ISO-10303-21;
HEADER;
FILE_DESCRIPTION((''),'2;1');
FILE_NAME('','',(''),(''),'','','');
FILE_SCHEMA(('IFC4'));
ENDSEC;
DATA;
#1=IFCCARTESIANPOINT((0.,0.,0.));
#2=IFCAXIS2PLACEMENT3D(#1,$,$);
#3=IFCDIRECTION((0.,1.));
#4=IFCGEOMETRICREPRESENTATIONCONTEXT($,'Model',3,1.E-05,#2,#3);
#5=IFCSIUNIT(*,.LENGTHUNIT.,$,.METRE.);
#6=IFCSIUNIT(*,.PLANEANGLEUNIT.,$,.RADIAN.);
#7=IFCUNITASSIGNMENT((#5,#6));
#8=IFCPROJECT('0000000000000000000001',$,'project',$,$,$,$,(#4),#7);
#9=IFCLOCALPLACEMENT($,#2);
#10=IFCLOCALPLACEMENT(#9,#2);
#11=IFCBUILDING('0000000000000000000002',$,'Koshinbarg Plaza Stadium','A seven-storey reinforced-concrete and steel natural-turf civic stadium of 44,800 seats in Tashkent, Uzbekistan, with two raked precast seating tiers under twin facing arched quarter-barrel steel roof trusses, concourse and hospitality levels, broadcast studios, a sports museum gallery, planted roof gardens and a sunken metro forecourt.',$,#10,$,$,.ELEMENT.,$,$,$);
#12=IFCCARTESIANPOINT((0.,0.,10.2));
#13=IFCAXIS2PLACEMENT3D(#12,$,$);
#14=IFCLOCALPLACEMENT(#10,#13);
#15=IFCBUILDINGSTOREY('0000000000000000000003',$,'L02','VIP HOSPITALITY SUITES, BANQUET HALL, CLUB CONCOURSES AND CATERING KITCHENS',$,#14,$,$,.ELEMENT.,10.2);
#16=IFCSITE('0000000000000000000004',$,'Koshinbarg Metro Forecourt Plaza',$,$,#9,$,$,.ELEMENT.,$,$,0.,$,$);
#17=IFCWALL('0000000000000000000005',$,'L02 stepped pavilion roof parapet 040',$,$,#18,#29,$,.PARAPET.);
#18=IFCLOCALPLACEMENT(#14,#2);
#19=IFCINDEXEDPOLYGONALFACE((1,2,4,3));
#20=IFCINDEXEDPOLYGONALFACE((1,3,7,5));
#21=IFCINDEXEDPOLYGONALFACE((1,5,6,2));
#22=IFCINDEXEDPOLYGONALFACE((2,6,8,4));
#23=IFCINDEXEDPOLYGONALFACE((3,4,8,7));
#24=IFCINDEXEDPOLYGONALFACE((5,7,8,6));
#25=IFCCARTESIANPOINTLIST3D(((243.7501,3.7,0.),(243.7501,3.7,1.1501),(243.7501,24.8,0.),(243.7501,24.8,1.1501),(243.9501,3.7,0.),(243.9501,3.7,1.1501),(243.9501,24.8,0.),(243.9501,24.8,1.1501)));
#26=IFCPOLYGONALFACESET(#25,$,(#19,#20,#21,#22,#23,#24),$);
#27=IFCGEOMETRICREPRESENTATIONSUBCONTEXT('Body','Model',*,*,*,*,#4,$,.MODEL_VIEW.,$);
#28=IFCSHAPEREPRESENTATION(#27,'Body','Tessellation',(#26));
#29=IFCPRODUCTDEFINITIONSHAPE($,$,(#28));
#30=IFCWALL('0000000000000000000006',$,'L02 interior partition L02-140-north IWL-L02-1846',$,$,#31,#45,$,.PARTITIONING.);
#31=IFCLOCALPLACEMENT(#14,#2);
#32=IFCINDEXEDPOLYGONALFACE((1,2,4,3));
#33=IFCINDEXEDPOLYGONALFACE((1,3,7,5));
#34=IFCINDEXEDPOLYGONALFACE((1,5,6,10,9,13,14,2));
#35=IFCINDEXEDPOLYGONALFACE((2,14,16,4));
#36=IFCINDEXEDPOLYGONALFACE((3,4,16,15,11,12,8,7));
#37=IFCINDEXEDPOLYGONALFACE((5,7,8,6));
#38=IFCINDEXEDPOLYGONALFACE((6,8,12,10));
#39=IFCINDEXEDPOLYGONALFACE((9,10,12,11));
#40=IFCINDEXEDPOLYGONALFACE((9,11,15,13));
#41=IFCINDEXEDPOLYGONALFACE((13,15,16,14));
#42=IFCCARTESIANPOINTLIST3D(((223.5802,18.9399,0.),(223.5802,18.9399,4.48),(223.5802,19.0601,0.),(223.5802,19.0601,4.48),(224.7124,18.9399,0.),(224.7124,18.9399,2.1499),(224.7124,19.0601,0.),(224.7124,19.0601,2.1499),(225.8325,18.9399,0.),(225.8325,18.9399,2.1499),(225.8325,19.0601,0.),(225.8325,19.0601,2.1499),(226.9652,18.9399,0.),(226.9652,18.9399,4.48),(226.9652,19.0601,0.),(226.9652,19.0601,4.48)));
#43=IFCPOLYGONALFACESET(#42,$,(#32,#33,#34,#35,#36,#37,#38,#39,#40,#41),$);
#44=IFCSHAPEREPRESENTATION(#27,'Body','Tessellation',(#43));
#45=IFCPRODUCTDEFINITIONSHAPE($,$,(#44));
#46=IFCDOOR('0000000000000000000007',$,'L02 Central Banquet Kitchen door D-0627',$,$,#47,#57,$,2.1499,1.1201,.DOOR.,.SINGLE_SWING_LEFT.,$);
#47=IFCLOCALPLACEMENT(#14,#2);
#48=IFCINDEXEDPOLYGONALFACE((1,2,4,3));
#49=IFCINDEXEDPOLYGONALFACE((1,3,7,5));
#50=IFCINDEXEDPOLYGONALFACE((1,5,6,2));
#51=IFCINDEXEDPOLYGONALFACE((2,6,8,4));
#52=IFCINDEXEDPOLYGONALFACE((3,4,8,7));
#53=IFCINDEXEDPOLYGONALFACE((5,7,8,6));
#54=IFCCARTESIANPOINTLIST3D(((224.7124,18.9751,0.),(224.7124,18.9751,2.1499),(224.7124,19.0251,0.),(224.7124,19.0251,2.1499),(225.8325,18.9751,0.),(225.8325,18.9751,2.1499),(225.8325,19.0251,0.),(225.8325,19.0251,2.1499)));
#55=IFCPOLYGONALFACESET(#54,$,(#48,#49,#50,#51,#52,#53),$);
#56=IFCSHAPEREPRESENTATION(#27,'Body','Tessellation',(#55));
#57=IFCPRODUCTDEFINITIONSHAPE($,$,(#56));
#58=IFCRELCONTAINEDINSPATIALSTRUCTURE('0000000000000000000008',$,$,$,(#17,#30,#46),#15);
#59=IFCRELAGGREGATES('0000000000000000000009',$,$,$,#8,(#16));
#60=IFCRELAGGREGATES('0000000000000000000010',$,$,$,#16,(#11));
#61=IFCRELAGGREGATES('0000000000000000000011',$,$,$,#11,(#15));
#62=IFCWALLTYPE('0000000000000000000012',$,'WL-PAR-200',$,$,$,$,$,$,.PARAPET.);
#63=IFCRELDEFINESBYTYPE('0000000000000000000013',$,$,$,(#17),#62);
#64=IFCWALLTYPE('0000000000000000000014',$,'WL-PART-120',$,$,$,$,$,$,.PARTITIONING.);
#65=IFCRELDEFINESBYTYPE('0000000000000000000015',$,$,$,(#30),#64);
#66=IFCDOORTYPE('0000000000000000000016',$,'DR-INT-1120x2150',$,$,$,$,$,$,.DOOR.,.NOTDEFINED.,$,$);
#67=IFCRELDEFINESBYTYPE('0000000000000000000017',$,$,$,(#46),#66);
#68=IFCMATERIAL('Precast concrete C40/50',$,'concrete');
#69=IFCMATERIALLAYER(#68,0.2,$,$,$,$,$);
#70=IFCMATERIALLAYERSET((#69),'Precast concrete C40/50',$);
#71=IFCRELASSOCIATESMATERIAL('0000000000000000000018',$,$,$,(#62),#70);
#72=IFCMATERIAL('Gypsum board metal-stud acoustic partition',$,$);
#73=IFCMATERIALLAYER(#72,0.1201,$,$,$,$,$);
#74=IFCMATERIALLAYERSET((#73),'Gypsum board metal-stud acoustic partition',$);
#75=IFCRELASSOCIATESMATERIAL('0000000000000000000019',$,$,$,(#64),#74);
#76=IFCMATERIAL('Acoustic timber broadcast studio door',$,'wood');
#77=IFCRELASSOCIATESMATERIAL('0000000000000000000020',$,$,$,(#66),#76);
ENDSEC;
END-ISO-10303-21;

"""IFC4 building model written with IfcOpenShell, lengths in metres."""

from ifc_helpers import new_model, si_unit, direction, frame, frame_2d, origin, place, context, subcontext, project, spatial, rectangle, extrude, material, layer, layer_set, type_object, element, fill, save


model = new_model("IFC4")

# Units and contexts
model_context = context("Model", 3, precision=1e-05, world=origin(), true_north=direction((0.0, 1.0)))
body_context = subcontext(model_context, "Body", "Model", "MODEL_VIEW")
ifc_project = project(units=[si_unit("LENGTHUNIT", "METRE"), si_unit("PLANEANGLEUNIT", "RADIAN")], contexts=[model_context])

# Site, building, storey
site_placement = place(None, origin())
site = spatial("IfcSite", under=ifc_project, at=site_placement, Name="Koshinbarg Metro Forecourt Plaza", CompositionType="ELEMENT", RefElevation=0.0)
building_placement = place(site_placement, origin())
building = spatial("IfcBuilding", under=site, at=building_placement, Name="Koshinbarg Plaza Stadium", Description="A seven-storey reinforced-concrete and steel natural-turf civic stadium of 44,800 seats in Tashkent, Uzbekistan, with two raked precast seating tiers under twin facing arched quarter-barrel steel roof trusses, concourse and hospitality levels, broadcast studios, a sports museum gallery, planted roof gardens and a sunken metro forecourt.", CompositionType="ELEMENT")
storey_placement = place(building_placement, frame((0.0, 0.0, 10.2)))
storey = spatial("IfcBuildingStorey", under=building, at=storey_placement, Name="L02", Description="VIP HOSPITALITY SUITES, BANQUET HALL, CLUB CONCOURSES AND CATERING KITCHENS", CompositionType="ELEMENT", Elevation=10.2)

# Wall
ifc_material_1 = material(Name="Precast concrete C40/50", Category="concrete")
ifc_layer_1 = layer(ifc_material_1, 0.2)
ifc_layer_set_1 = layer_set([ifc_layer_1], Name="Precast concrete C40/50")
wall_type_1 = type_object("IfcWallType", Name="WL-PAR-200", PredefinedType="PARAPET", material=ifc_layer_set_1)
wall_1_placement = place(storey_placement, frame((243.8501, 24.8, 0.0), z_axis=(0.0, 0.0, 1.0), x_axis=(0.0, -1.0, 0.0)))
element("IfcWall", 1, at=wall_1_placement, inside=storey, type_object=wall_type_1, Name="L02 stepped pavilion roof parapet 040", PredefinedType="PARAPET", context=body_context, shape_type="SweptSolid", body=[
    extrude(rectangle(XDim=21.1001, YDim=0.2, at=frame_2d((10.55, 0.0))), origin(), (0.0, 0.0, 1.0), 1.1501),
])

# Wall, opening, door
ifc_material_2 = material(Name="Gypsum board metal-stud acoustic partition")
ifc_layer_2 = layer(ifc_material_2, 0.1201)
ifc_layer_set_2 = layer_set([ifc_layer_2], Name="Gypsum board metal-stud acoustic partition")
wall_type_2 = type_object("IfcWallType", Name="WL-PART-120", PredefinedType="PARTITIONING", material=ifc_layer_set_2)
wall_2_placement = place(storey_placement, frame((226.9651, 19.0, 0.0), z_axis=(0.0, 0.0, 1.0), x_axis=(-1.0, 0.0, 0.0)))
wall_2 = element("IfcWall", 2, at=wall_2_placement, inside=storey, type_object=wall_type_2, Name="L02 interior partition L02-140-north IWL-L02-1846", PredefinedType="PARTITIONING", context=body_context, shape_type="SweptSolid", body=[
    extrude(rectangle(XDim=3.385, YDim=0.1201, at=frame_2d((1.6924, 0.0))), origin(), (0.0, 0.0, 1.0), 4.48),
])
opening_1_placement = place(wall_2_placement, frame((1.1326, 0.0, 0.0)))
opening_1 = element("IfcOpeningElement", 3, at=opening_1_placement, cuts=wall_2, PredefinedType="OPENING", context=body_context, shape_type="SweptSolid", body=[
    extrude(rectangle(XDim=1.1201, YDim=2.1499, at=frame_2d((0.5601, 1.075))), frame((0.0, 0.0701, 0.0), z_axis=(0.0, -1.0, 0.0), x_axis=(1.0, 0.0, 0.0)), (0.0, 0.0, 1.0), 0.1401),
])
ifc_material_3 = material(Name="Acoustic timber broadcast studio door", Category="wood")
door_type_1 = type_object("IfcDoorType", Name="DR-INT-1120x2150", OperationType="NOTDEFINED", PredefinedType="DOOR", material=ifc_material_3)
door_1_placement = place(opening_1_placement, origin())
door_1 = element("IfcDoor", 4, at=door_1_placement, inside=storey, type_object=door_type_1, Name="L02 Central Banquet Kitchen door D-0627", OperationType="SINGLE_SWING_LEFT", OverallHeight=2.1499, OverallWidth=1.1201, PredefinedType="DOOR", context=body_context, shape_type="SweptSolid", body=[
    extrude(rectangle(XDim=1.1201, YDim=2.1499, at=frame_2d((0.5601, 1.075))), frame((0.0, 0.0249, 0.0), z_axis=(0.0, -1.0, 0.0), x_axis=(1.0, 0.0, 0.0)), (0.0, 0.0, 1.0), 0.05),
])
fill(opening_1, door_1)

save(model, "model.ifc")
